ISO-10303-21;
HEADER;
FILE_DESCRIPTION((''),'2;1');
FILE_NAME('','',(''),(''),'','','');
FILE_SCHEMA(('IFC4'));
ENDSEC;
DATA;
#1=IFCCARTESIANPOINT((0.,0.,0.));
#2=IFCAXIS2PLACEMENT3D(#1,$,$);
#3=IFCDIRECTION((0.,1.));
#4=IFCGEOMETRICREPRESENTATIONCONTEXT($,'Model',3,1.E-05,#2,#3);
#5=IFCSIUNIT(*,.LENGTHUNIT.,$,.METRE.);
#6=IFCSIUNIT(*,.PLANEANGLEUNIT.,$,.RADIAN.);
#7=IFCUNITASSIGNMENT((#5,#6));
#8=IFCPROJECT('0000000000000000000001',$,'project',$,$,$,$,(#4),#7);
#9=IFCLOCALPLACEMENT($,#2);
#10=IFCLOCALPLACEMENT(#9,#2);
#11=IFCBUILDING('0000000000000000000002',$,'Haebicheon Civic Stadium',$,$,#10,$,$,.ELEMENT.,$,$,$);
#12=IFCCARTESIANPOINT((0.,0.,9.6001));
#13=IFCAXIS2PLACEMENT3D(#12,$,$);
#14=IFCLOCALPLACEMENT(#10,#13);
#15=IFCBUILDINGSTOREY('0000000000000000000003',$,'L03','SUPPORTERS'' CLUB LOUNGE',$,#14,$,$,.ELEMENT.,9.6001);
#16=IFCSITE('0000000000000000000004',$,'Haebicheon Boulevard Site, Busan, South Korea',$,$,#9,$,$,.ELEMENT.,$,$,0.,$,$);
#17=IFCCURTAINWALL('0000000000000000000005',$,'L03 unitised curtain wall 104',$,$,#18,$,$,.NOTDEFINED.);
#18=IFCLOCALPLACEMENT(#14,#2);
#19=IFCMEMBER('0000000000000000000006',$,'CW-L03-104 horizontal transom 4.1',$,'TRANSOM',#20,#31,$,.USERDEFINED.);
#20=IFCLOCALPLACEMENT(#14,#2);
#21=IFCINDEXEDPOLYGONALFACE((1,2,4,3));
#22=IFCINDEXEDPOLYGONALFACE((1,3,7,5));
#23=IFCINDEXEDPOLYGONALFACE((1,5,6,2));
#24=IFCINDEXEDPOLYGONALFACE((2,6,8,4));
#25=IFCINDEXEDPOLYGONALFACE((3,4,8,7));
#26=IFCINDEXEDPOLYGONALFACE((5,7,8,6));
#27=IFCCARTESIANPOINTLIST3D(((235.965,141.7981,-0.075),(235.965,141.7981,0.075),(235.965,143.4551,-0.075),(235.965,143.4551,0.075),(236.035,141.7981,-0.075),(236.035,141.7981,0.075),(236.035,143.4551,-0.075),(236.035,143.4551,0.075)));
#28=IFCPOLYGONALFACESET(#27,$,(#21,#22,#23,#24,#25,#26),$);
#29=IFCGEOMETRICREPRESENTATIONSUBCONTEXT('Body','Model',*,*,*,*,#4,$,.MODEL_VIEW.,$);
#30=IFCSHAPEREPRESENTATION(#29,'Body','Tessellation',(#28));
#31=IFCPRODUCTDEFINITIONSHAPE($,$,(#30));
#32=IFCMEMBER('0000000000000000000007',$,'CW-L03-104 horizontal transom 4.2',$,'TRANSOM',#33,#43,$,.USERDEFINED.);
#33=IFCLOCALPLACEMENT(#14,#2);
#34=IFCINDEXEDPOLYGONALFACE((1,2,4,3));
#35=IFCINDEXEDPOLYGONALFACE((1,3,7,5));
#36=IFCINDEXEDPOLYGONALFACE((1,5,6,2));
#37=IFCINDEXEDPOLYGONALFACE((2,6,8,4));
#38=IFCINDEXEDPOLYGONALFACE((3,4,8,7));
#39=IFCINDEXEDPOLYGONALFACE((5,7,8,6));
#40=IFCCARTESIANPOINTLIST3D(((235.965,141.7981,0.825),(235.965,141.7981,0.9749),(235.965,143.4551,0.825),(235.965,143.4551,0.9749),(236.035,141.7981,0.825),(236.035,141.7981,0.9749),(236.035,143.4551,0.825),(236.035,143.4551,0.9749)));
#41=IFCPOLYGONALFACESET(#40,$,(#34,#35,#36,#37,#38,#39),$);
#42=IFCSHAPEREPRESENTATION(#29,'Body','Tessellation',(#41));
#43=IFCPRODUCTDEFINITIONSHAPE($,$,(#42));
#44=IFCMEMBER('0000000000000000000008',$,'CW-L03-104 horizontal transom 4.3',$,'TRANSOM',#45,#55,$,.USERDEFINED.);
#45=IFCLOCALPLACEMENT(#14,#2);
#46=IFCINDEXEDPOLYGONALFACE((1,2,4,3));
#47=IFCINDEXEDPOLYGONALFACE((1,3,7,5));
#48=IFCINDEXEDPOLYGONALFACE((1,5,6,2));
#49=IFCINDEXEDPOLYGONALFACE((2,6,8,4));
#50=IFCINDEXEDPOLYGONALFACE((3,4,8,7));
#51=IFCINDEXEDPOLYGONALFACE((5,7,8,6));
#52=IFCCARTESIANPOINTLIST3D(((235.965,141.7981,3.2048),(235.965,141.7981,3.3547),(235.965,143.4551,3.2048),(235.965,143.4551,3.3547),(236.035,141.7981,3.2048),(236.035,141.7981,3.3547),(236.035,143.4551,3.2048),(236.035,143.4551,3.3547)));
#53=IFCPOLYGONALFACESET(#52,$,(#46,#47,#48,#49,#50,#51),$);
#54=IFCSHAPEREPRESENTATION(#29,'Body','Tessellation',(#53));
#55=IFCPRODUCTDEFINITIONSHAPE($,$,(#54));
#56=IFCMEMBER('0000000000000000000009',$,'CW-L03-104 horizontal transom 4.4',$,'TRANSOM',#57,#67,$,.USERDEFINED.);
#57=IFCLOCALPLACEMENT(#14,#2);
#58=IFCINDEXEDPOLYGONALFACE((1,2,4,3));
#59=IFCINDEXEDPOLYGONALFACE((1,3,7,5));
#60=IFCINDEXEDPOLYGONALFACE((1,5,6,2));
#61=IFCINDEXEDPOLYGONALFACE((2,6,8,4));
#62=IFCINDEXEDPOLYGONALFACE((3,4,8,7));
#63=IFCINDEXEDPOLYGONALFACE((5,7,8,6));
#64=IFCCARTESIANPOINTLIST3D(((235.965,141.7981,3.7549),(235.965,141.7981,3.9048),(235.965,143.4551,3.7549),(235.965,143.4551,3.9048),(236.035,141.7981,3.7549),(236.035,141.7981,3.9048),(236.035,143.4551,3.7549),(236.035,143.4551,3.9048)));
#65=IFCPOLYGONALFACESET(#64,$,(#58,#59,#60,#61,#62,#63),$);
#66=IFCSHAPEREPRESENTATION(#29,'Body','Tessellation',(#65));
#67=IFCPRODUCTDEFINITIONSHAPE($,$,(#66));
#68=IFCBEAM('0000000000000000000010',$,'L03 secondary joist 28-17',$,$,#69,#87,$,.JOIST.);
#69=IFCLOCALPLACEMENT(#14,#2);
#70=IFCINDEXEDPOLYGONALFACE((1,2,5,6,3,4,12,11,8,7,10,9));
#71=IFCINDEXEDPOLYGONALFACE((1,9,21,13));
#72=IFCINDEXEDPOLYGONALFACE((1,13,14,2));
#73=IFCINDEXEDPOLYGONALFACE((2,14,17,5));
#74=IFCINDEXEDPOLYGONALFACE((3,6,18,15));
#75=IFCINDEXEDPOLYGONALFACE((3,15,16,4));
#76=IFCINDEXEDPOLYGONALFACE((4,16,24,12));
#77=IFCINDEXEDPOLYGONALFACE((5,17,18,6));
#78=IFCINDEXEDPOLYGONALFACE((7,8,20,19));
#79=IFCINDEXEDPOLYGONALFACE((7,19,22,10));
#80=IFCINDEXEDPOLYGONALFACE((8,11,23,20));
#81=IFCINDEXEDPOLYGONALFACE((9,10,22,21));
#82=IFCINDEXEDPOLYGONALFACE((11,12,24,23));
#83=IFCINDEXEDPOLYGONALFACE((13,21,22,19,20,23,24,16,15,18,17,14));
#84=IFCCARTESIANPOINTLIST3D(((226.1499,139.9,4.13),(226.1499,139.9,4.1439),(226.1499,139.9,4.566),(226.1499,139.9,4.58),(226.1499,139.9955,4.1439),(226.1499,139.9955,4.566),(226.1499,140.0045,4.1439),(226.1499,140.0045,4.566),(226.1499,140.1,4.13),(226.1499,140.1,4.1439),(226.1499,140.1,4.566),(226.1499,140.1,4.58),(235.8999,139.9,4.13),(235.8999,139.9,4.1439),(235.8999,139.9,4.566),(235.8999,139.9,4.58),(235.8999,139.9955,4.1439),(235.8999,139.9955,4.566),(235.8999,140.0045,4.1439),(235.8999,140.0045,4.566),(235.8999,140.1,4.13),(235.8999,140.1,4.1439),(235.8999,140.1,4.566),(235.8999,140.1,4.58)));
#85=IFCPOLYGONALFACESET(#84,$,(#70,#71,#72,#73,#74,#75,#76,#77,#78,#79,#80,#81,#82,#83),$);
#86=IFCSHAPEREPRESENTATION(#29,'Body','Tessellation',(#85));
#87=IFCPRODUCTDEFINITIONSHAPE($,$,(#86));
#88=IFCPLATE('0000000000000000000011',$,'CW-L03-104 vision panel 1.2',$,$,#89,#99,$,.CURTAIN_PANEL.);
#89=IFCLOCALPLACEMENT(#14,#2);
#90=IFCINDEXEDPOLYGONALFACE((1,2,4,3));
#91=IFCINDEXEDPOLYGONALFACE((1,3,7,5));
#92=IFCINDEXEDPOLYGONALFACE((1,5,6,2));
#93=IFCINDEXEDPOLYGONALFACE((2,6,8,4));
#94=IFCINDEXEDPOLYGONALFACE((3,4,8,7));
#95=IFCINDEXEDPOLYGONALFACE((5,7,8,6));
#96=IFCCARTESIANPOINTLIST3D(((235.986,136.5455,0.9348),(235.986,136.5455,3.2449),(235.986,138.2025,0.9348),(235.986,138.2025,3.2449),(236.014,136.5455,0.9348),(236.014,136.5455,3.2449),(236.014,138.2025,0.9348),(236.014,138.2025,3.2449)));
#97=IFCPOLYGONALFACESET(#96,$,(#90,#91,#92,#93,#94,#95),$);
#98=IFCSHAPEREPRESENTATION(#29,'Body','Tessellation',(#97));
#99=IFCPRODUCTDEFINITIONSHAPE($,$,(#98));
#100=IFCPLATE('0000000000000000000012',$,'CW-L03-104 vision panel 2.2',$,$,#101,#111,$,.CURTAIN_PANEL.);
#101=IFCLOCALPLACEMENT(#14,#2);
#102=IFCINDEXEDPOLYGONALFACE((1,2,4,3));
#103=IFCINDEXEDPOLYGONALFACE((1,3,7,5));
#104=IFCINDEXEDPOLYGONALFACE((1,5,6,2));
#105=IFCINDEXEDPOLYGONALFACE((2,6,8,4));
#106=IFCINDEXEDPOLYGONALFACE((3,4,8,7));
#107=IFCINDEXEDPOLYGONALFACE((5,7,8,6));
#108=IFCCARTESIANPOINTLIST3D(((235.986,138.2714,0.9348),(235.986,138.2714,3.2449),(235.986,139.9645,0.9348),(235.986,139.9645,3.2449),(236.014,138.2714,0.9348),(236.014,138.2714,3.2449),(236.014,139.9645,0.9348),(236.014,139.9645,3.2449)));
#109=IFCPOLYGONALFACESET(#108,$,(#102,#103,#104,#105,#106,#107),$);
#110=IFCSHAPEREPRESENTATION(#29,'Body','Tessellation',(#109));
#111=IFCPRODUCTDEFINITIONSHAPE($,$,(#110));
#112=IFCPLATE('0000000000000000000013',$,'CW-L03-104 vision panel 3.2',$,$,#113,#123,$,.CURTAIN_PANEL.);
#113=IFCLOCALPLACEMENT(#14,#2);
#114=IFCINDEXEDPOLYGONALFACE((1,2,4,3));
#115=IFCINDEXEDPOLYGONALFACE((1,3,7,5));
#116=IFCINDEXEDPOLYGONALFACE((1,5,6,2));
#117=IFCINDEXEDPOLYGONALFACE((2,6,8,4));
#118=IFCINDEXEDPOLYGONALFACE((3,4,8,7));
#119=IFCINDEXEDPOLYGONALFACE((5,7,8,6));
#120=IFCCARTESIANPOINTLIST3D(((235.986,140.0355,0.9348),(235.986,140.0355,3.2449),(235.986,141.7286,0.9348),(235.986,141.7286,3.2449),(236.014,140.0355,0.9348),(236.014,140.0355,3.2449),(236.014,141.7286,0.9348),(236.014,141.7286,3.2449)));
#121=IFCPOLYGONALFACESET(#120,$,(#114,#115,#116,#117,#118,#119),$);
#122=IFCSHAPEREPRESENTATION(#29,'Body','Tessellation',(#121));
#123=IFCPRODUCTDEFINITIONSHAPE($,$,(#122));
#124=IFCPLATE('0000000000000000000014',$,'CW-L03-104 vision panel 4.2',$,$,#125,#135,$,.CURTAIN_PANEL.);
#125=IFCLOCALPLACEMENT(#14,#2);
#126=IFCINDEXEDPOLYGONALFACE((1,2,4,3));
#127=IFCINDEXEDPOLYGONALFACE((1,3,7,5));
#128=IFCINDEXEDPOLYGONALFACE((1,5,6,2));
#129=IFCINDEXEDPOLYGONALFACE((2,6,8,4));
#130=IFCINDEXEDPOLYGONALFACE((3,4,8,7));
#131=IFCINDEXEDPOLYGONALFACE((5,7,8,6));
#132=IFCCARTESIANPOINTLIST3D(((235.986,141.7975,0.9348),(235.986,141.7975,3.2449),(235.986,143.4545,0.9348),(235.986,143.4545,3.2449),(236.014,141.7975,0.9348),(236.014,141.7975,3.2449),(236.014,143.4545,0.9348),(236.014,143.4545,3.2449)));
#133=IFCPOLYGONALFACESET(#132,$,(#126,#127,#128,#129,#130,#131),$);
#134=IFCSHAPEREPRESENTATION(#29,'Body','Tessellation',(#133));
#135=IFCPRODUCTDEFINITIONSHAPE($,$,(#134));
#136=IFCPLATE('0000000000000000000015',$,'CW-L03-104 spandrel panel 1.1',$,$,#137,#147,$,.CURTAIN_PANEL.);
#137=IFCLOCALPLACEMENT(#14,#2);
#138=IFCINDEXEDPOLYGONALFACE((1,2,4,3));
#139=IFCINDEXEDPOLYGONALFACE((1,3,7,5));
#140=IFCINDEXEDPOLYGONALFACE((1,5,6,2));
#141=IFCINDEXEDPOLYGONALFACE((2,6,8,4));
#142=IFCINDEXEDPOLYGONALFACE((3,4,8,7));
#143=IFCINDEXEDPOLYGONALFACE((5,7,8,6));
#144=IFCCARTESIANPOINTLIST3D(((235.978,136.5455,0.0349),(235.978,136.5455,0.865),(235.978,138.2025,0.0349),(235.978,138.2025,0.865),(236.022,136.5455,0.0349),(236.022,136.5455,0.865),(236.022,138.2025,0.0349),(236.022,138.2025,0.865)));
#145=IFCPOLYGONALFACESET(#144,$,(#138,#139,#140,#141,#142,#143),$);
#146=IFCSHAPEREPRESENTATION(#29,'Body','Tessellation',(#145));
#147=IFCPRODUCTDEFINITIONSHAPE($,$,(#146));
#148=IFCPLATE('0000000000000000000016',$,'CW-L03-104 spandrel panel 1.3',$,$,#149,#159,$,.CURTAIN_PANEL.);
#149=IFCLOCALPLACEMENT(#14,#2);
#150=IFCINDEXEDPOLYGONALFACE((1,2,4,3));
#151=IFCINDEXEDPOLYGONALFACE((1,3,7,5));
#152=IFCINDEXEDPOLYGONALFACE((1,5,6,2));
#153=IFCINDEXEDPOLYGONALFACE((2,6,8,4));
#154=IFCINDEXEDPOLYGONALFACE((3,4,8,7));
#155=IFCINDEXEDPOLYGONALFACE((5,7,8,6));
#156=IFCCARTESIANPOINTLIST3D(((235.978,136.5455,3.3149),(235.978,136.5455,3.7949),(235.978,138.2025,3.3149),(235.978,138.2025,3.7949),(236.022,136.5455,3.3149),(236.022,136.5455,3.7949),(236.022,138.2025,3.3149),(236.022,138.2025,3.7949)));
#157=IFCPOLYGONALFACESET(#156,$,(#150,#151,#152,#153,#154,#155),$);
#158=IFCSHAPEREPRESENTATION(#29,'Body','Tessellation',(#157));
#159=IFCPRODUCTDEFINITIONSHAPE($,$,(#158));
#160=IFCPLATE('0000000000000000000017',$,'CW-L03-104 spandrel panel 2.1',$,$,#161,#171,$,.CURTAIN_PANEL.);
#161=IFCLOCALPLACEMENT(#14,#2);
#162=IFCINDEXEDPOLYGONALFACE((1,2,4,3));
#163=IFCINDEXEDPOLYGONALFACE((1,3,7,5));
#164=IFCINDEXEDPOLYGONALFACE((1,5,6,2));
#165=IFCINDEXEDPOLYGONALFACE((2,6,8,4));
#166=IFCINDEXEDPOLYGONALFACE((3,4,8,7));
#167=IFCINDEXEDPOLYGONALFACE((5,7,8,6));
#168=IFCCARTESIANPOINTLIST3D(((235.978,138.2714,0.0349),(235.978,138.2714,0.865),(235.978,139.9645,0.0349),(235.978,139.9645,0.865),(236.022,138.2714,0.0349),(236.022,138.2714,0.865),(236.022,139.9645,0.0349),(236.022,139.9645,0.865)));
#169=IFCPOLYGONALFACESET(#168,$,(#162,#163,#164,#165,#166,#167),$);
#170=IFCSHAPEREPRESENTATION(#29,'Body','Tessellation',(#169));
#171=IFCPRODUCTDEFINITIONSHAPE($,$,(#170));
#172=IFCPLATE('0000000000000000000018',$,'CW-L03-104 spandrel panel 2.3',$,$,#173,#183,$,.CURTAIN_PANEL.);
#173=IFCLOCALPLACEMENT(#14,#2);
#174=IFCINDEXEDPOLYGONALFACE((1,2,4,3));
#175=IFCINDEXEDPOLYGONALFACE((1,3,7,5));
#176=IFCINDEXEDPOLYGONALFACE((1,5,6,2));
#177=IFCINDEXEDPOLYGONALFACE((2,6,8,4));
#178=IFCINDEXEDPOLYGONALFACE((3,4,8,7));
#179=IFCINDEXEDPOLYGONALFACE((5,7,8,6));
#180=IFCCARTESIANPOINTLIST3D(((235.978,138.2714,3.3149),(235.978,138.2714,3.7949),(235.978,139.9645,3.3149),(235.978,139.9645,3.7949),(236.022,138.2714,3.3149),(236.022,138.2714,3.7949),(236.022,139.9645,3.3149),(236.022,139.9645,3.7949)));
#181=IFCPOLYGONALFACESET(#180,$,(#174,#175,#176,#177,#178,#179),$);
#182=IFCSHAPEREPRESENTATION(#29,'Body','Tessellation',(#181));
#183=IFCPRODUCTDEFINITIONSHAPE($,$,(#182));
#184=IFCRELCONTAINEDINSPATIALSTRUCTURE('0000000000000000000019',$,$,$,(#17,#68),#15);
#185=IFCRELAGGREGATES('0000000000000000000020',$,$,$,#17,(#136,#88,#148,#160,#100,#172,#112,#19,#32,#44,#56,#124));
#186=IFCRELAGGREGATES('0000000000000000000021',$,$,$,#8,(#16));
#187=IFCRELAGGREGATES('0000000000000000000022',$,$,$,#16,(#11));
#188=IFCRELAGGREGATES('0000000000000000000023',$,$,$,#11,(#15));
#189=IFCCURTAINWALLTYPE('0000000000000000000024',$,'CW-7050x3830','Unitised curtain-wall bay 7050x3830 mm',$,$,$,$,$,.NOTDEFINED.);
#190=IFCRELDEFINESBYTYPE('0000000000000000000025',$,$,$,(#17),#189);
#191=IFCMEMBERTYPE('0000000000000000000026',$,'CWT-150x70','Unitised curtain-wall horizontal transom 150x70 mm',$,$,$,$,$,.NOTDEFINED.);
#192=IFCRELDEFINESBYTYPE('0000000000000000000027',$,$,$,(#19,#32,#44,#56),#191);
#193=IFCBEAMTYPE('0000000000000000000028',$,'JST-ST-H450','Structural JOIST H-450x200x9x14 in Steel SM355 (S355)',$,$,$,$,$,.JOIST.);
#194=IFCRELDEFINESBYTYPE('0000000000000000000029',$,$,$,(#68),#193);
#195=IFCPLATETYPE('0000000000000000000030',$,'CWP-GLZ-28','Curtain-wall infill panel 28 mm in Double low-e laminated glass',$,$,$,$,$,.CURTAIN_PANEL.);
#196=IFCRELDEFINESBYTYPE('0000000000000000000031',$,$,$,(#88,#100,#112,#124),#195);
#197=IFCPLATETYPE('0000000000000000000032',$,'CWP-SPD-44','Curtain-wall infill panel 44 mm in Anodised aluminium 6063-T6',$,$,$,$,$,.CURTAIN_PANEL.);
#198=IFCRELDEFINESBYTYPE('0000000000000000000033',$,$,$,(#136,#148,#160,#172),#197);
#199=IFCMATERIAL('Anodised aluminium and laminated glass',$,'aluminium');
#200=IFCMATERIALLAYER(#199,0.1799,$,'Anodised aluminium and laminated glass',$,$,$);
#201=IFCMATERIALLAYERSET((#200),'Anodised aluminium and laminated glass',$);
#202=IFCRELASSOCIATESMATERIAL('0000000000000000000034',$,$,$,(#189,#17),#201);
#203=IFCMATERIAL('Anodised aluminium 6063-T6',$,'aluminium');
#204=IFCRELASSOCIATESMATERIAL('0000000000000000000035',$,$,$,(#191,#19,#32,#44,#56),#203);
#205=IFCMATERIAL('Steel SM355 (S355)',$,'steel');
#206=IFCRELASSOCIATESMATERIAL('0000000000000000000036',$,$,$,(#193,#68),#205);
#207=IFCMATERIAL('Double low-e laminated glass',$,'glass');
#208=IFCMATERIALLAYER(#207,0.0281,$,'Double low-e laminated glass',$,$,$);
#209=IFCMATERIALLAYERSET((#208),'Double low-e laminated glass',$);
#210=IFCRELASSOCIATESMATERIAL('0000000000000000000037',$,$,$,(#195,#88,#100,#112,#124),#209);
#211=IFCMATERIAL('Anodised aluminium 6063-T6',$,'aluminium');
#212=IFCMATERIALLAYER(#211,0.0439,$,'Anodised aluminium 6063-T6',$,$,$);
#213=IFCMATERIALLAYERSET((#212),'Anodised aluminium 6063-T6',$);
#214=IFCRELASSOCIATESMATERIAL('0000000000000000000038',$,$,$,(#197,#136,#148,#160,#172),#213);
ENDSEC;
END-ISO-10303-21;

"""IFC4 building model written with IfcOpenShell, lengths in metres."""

from ifc_helpers import new_model, si_unit, direction, frame, origin, origin_2d, place, context, subcontext, project, spatial, rectangle, i_section, extrude, material, layer, layer_set, material_profile, profile_set, type_object, element, aggregate, save


model = new_model("IFC4")

# Units and contexts
model_context = context("Model", 3, precision=1e-05, world=origin(), true_north=direction((0.0, 1.0)))
body_context = subcontext(model_context, "Body", "Model", "MODEL_VIEW")
ifc_project = project(units=[si_unit("LENGTHUNIT", "METRE"), si_unit("PLANEANGLEUNIT", "RADIAN")], contexts=[model_context])

# Site, building, storey
site_placement = place(None, origin())
site = spatial("IfcSite", under=ifc_project, at=site_placement, Name="Haebicheon Boulevard Site, Busan, South Korea", CompositionType="ELEMENT", RefElevation=0.0)
building_placement = place(site_placement, origin())
building = spatial("IfcBuilding", under=site, at=building_placement, Name="Haebicheon Civic Stadium", CompositionType="ELEMENT")
storey_placement = place(building_placement, frame((0.0, 0.0, 9.6001)))
storey = spatial("IfcBuildingStorey", under=building, at=storey_placement, Name="L03", Description="SUPPORTERS' CLUB LOUNGE", CompositionType="ELEMENT", Elevation=9.6001)

# Curtain wall, members
ifc_material_1 = material(Name="Anodised aluminium and laminated glass", Category="aluminium")
ifc_layer_1 = layer(ifc_material_1, 0.1799, Name="Anodised aluminium and laminated glass")
ifc_layer_set_1 = layer_set([ifc_layer_1], Name="Anodised aluminium and laminated glass")
curtain_wall_type = type_object("IfcCurtainWallType", Name="CW-7050x3830", Description="Unitised curtain-wall bay 7050x3830 mm", PredefinedType="NOTDEFINED", material=ifc_layer_set_1)
curtain_wall_placement = place(storey_placement, origin())
curtain_wall = element("IfcCurtainWall", 1, at=curtain_wall_placement, inside=storey, type_object=curtain_wall_type, material=ifc_layer_set_1, Name="L03 unitised curtain wall 104", PredefinedType="NOTDEFINED")
ifc_material_2 = material(Name="Anodised aluminium 6063-T6", Category="aluminium")
ifc_material_profile_1 = material_profile(ifc_material_2, rectangle(XDim=0.0701, YDim=0.1499, at=origin_2d()), Name="ALU-TRAN-70x150")
ifc_profile_set_1 = profile_set([ifc_material_profile_1], Name="Anodised aluminium 6063-T6")
member_type_1 = type_object("IfcMemberType", Name="CWT-150x70", Description="Unitised curtain-wall horizontal transom 150x70 mm", PredefinedType="NOTDEFINED", material=ifc_profile_set_1)
member_1_placement = place(storey_placement, frame((236.0, 141.7981, 0.0), z_axis=(0.0, 1.0, 0.0), x_axis=(-1.0, 0.0, 0.0)))
member_1 = element("IfcMember", 2, at=member_1_placement, type_object=member_type_1, material=ifc_profile_set_1, Name="CW-L03-104 horizontal transom 4.1", ObjectType="TRANSOM", PredefinedType="USERDEFINED", context=body_context, shape_type="SweptSolid", body=[
    extrude(rectangle(XDim=0.0701, YDim=0.1499, at=origin_2d()), origin(), (0.0, 0.0, 1.0), 1.657),
])
member_2_placement = place(storey_placement, frame((236.0, 141.7981, 0.8999), z_axis=(0.0, 1.0, 0.0), x_axis=(-1.0, 0.0, 0.0)))
member_2 = element("IfcMember", 3, at=member_2_placement, type_object=member_type_1, material=ifc_profile_set_1, Name="CW-L03-104 horizontal transom 4.2", ObjectType="TRANSOM", PredefinedType="USERDEFINED", context=body_context, shape_type="SweptSolid", body=[
    extrude(rectangle(XDim=0.0701, YDim=0.1499, at=origin_2d()), origin(), (0.0, 0.0, 1.0), 1.657),
])
member_3_placement = place(storey_placement, frame((236.0, 141.7981, 3.2798), z_axis=(0.0, 1.0, 0.0), x_axis=(-1.0, 0.0, 0.0)))
member_3 = element("IfcMember", 4, at=member_3_placement, type_object=member_type_1, material=ifc_profile_set_1, Name="CW-L03-104 horizontal transom 4.3", ObjectType="TRANSOM", PredefinedType="USERDEFINED", context=body_context, shape_type="SweptSolid", body=[
    extrude(rectangle(XDim=0.0701, YDim=0.1499, at=origin_2d()), origin(), (0.0, 0.0, 1.0), 1.657),
])
member_4_placement = place(storey_placement, frame((236.0, 141.7981, 3.8298), z_axis=(0.0, 1.0, 0.0), x_axis=(-1.0, 0.0, 0.0)))
member_4 = element("IfcMember", 5, at=member_4_placement, type_object=member_type_1, material=ifc_profile_set_1, Name="CW-L03-104 horizontal transom 4.4", ObjectType="TRANSOM", PredefinedType="USERDEFINED", context=body_context, shape_type="SweptSolid", body=[
    extrude(rectangle(XDim=0.0701, YDim=0.1499, at=origin_2d()), origin(), (0.0, 0.0, 1.0), 1.657),
])

# Beam
ifc_material_3 = material(Name="Steel SM355 (S355)", Category="steel")
ifc_material_profile_2 = material_profile(ifc_material_3, i_section(OverallWidth=0.2, OverallDepth=0.45, WebThickness=0.009, FlangeThickness=0.0139, at=origin_2d()), Name="H-450x200x9x14")
ifc_profile_set_2 = profile_set([ifc_material_profile_2], Name="Steel SM355 (S355)")
beam_type = type_object("IfcBeamType", Name="JST-ST-H450", Description="Structural JOIST H-450x200x9x14 in Steel SM355 (S355)", PredefinedType="JOIST", material=ifc_profile_set_2)
beam_placement = place(storey_placement, frame((226.1499, 140.0, 4.355), z_axis=(1.0, 0.0, 0.0), x_axis=(0.0, 1.0, 0.0)))
element("IfcBeam", 6, at=beam_placement, inside=storey, type_object=beam_type, material=ifc_profile_set_2, Name="L03 secondary joist 28-17", PredefinedType="JOIST", context=body_context, shape_type="SweptSolid", body=[
    extrude(i_section(OverallWidth=0.2, OverallDepth=0.45, WebThickness=0.009, FlangeThickness=0.0139, at=origin_2d()), origin(), (0.0, 0.0, 1.0), 9.75),
])

# Plates
ifc_material_4 = material(Name="Double low-e laminated glass", Category="glass")
ifc_layer_2 = layer(ifc_material_4, 0.0281, Name="Double low-e laminated glass")
ifc_layer_set_2 = layer_set([ifc_layer_2], Name="Double low-e laminated glass")
plate_type_1 = type_object("IfcPlateType", Name="CWP-GLZ-28", Description="Curtain-wall infill panel 28 mm in Double low-e laminated glass", PredefinedType="CURTAIN_PANEL", material=ifc_layer_set_2)
plate_1_placement = place(storey_placement, frame((236.0, 137.374, 0.9348), z_axis=(0.0, 0.0, 1.0), x_axis=(0.0, 1.0, 0.0)))
plate_1 = element("IfcPlate", 7, at=plate_1_placement, type_object=plate_type_1, material=ifc_layer_set_2, Name="CW-L03-104 vision panel 1.2", PredefinedType="CURTAIN_PANEL", context=body_context, shape_type="SweptSolid", body=[
    extrude(rectangle(XDim=1.657, YDim=0.0281, at=origin_2d()), origin(), (0.0, 0.0, 1.0), 2.3101),
])
plate_2_placement = place(storey_placement, frame((236.0, 139.1179, 0.9348), z_axis=(0.0, 0.0, 1.0), x_axis=(0.0, 1.0, 0.0)))
plate_2 = element("IfcPlate", 8, at=plate_2_placement, type_object=plate_type_1, material=ifc_layer_set_2, Name="CW-L03-104 vision panel 2.2", PredefinedType="CURTAIN_PANEL", context=body_context, shape_type="SweptSolid", body=[
    extrude(rectangle(XDim=1.6931, YDim=0.0281, at=origin_2d()), origin(), (0.0, 0.0, 1.0), 2.3101),
])
plate_3_placement = place(storey_placement, frame((236.0, 140.8821, 0.9348), z_axis=(0.0, 0.0, 1.0), x_axis=(0.0, 1.0, 0.0)))
plate_3 = element("IfcPlate", 9, at=plate_3_placement, type_object=plate_type_1, material=ifc_layer_set_2, Name="CW-L03-104 vision panel 3.2", PredefinedType="CURTAIN_PANEL", context=body_context, shape_type="SweptSolid", body=[
    extrude(rectangle(XDim=1.6931, YDim=0.0281, at=origin_2d()), origin(), (0.0, 0.0, 1.0), 2.3101),
])
plate_4_placement = place(storey_placement, frame((236.0, 142.626, 0.9348), z_axis=(0.0, 0.0, 1.0), x_axis=(0.0, 1.0, 0.0)))
plate_4 = element("IfcPlate", 10, at=plate_4_placement, type_object=plate_type_1, material=ifc_layer_set_2, Name="CW-L03-104 vision panel 4.2", PredefinedType="CURTAIN_PANEL", context=body_context, shape_type="SweptSolid", body=[
    extrude(rectangle(XDim=1.657, YDim=0.0281, at=origin_2d()), origin(), (0.0, 0.0, 1.0), 2.3101),
])
ifc_material_5 = material(Name="Anodised aluminium 6063-T6", Category="aluminium")
ifc_layer_3 = layer(ifc_material_5, 0.0439, Name="Anodised aluminium 6063-T6")
ifc_layer_set_3 = layer_set([ifc_layer_3], Name="Anodised aluminium 6063-T6")
plate_type_2 = type_object("IfcPlateType", Name="CWP-SPD-44", Description="Curtain-wall infill panel 44 mm in Anodised aluminium 6063-T6", PredefinedType="CURTAIN_PANEL", material=ifc_layer_set_3)
plate_5_placement = place(storey_placement, frame((236.0, 137.374, 0.0349), z_axis=(0.0, 0.0, 1.0), x_axis=(0.0, 1.0, 0.0)))
plate_5 = element("IfcPlate", 11, at=plate_5_placement, type_object=plate_type_2, material=ifc_layer_set_3, Name="CW-L03-104 spandrel panel 1.1", PredefinedType="CURTAIN_PANEL", context=body_context, shape_type="SweptSolid", body=[
    extrude(rectangle(XDim=1.657, YDim=0.0439, at=origin_2d()), origin(), (0.0, 0.0, 1.0), 0.8301),
])
plate_6_placement = place(storey_placement, frame((236.0, 137.374, 3.3149), z_axis=(0.0, 0.0, 1.0), x_axis=(0.0, 1.0, 0.0)))
plate_6 = element("IfcPlate", 12, at=plate_6_placement, type_object=plate_type_2, material=ifc_layer_set_3, Name="CW-L03-104 spandrel panel 1.3", PredefinedType="CURTAIN_PANEL", context=body_context, shape_type="SweptSolid", body=[
    extrude(rectangle(XDim=1.657, YDim=0.0439, at=origin_2d()), origin(), (0.0, 0.0, 1.0), 0.48),
])
plate_7_placement = place(storey_placement, frame((236.0, 139.1179, 0.0349), z_axis=(0.0, 0.0, 1.0), x_axis=(0.0, 1.0, 0.0)))
plate_7 = element("IfcPlate", 13, at=plate_7_placement, type_object=plate_type_2, material=ifc_layer_set_3, Name="CW-L03-104 spandrel panel 2.1", PredefinedType="CURTAIN_PANEL", context=body_context, shape_type="SweptSolid", body=[
    extrude(rectangle(XDim=1.6931, YDim=0.0439, at=origin_2d()), origin(), (0.0, 0.0, 1.0), 0.8301),
])
plate_8_placement = place(storey_placement, frame((236.0, 139.1179, 3.3149), z_axis=(0.0, 0.0, 1.0), x_axis=(0.0, 1.0, 0.0)))
plate_8 = element("IfcPlate", 14, at=plate_8_placement, type_object=plate_type_2, material=ifc_layer_set_3, Name="CW-L03-104 spandrel panel 2.3", PredefinedType="CURTAIN_PANEL", context=body_context, shape_type="SweptSolid", body=[
    extrude(rectangle(XDim=1.6931, YDim=0.0439, at=origin_2d()), origin(), (0.0, 0.0, 1.0), 0.48),
])
aggregate(curtain_wall, [plate_5, plate_1, plate_6, plate_7, plate_2, plate_8, plate_3, member_1, member_2, member_3, member_4, plate_4])

save(model, "model.ifc")
